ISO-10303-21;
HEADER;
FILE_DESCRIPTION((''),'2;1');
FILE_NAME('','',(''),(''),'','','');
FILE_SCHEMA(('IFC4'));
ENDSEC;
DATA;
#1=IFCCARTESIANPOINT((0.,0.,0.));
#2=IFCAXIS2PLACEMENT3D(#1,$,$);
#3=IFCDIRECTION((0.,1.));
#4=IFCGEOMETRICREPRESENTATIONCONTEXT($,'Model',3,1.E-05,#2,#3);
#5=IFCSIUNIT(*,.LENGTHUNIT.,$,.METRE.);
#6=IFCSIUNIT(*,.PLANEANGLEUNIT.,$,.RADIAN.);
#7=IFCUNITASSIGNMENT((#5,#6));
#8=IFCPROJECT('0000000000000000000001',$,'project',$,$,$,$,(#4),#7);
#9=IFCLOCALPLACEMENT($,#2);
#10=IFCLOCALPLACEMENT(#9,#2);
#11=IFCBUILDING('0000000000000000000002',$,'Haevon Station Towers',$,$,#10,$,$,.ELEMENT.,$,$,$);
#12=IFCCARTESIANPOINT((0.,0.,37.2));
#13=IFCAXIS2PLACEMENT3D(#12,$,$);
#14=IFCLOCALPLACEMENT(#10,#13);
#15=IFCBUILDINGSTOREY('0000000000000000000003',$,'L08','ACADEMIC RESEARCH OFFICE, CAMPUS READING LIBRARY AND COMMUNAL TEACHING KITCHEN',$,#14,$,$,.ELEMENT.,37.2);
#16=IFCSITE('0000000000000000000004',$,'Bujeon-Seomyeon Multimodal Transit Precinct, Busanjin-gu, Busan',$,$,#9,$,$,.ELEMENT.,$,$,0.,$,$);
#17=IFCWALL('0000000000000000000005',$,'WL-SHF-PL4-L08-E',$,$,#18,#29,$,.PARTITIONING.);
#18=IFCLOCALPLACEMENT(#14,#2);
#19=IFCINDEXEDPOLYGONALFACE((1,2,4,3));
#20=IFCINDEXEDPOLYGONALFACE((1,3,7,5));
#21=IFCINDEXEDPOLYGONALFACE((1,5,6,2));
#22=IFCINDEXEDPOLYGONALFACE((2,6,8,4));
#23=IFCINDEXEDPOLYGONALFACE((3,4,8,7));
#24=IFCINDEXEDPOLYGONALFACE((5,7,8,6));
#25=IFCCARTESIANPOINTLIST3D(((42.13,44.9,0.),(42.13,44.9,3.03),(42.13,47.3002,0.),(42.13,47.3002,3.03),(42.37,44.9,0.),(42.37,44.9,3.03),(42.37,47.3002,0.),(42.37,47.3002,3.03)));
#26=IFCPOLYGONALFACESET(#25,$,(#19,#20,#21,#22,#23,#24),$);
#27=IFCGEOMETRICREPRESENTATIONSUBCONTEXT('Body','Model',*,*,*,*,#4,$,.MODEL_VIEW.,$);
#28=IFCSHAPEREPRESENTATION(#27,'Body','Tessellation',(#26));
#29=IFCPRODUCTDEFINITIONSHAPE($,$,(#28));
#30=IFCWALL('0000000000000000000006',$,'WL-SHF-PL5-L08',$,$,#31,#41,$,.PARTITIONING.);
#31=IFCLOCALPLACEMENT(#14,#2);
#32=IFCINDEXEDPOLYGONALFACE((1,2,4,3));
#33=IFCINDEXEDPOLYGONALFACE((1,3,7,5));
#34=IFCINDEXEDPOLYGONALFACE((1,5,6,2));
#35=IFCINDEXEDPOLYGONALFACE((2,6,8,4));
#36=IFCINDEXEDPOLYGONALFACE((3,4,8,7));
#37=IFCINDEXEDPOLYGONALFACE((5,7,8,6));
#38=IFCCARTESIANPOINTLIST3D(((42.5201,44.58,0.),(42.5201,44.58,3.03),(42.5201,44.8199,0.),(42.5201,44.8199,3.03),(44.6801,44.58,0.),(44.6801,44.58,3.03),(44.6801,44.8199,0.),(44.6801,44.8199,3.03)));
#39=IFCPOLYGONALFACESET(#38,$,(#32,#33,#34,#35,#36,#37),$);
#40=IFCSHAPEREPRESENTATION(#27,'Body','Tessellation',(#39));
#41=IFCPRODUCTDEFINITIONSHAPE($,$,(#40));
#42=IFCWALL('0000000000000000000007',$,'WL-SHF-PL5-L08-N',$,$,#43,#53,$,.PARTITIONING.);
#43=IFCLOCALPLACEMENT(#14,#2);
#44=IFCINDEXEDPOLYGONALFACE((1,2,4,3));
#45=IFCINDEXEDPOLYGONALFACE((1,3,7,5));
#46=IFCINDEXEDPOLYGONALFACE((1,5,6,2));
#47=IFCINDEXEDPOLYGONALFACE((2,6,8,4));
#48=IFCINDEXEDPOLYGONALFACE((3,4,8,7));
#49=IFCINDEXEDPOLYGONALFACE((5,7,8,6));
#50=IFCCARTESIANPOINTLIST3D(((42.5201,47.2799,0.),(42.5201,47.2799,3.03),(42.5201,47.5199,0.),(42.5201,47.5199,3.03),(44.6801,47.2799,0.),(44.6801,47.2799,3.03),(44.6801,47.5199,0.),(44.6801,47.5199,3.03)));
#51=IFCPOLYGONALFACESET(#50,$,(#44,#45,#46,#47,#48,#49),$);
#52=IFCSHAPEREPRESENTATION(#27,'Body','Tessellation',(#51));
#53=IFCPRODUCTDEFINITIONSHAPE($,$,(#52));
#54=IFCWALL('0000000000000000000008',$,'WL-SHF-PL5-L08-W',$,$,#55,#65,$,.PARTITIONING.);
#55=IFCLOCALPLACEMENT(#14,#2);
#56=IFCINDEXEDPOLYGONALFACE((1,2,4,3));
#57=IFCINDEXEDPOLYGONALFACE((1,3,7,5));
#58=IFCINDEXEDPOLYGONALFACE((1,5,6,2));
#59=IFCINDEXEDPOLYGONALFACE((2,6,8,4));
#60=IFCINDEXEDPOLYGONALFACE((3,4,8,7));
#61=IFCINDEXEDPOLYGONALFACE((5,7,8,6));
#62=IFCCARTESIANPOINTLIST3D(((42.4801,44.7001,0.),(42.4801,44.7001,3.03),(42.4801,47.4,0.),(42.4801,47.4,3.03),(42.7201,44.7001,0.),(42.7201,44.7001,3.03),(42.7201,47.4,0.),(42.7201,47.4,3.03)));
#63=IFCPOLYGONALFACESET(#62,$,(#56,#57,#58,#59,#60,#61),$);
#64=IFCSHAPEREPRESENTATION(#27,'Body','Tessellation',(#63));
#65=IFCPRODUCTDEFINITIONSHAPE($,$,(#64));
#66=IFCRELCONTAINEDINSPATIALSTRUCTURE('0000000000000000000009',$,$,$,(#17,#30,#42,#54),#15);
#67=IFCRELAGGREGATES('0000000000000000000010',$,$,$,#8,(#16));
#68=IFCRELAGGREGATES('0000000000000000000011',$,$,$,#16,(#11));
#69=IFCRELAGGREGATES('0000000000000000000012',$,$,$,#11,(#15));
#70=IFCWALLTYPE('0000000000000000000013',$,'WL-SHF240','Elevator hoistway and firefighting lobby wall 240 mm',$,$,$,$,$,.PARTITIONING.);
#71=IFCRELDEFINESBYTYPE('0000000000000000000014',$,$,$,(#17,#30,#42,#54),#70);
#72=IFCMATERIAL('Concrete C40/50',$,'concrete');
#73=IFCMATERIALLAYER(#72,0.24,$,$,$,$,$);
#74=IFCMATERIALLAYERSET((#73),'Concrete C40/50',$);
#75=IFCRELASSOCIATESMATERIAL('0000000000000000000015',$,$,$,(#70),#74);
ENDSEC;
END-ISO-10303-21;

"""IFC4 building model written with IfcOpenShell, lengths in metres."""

from ifc_helpers import new_model, si_unit, direction, frame, frame_2d, origin, place, context, subcontext, project, spatial, rectangle, extrude, material, layer, layer_set, type_object, element, save


model = new_model("IFC4")

# Units and contexts
model_context = context("Model", 3, precision=1e-05, world=origin(), true_north=direction((0.0, 1.0)))
body_context = subcontext(model_context, "Body", "Model", "MODEL_VIEW")
ifc_project = project(units=[si_unit("LENGTHUNIT", "METRE"), si_unit("PLANEANGLEUNIT", "RADIAN")], contexts=[model_context])

# Site, building, storey
site_placement = place(None, origin())
site = spatial("IfcSite", under=ifc_project, at=site_placement, Name="Bujeon-Seomyeon Multimodal Transit Precinct, Busanjin-gu, Busan", CompositionType="ELEMENT", RefElevation=0.0)
building_placement = place(site_placement, origin())
building = spatial("IfcBuilding", under=site, at=building_placement, Name="Haevon Station Towers", CompositionType="ELEMENT")
storey_placement = place(building_placement, frame((0.0, 0.0, 37.2)))
storey = spatial("IfcBuildingStorey", under=building, at=storey_placement, Name="L08", Description="ACADEMIC RESEARCH OFFICE, CAMPUS READING LIBRARY AND COMMUNAL TEACHING KITCHEN", CompositionType="ELEMENT", Elevation=37.2)

# Shared definitions
ifc_material_1 = material(Name="Concrete C40/50", Category="concrete")
ifc_layer_1 = layer(ifc_material_1, 0.24)
ifc_layer_set_1 = layer_set([ifc_layer_1], Name="Concrete C40/50")
wall_type_1 = type_object("IfcWallType", Name="WL-SHF240", Description="Elevator hoistway and firefighting lobby wall 240 mm", PredefinedType="PARTITIONING", material=ifc_layer_set_1)

# Walls
wall_1_placement = place(storey_placement, frame((42.25, 44.8999, 0.0), z_axis=(0.0, 0.0, 1.0), x_axis=(0.0, 1.0, 0.0)))
element("IfcWall", 1, at=wall_1_placement, inside=storey, type_object=wall_type_1, Name="WL-SHF-PL4-L08-E", PredefinedType="PARTITIONING", context=body_context, shape_type="SweptSolid", body=[
    extrude(rectangle(XDim=2.4001, YDim=0.24, at=frame_2d((1.2002, 0.0))), origin(), (0.0, 0.0, 1.0), 3.03),
])
for number, where, z_axis, x_axis, name in (
    (2, (42.52, 44.7, 0.0), (0.0, 0.0, 1.0), (1.0, 0.0, 0.0), "WL-SHF-PL5-L08"),
    (3, (42.52, 47.3999, 0.0), (0.0, 0.0, 1.0), (1.0, 0.0, 0.0), "WL-SHF-PL5-L08-N"),
):
    element("IfcWall", number, at=place(storey_placement, frame(where, z_axis=z_axis, x_axis=x_axis)), inside=storey, type_object=wall_type_1, Name=name, PredefinedType="PARTITIONING", context=body_context, shape_type="SweptSolid", body=[
        extrude(rectangle(XDim=2.1599, YDim=0.24, at=frame_2d((1.0801, 0.0))), origin(), (0.0, 0.0, 1.0), 3.03),
    ])
wall_2_placement = place(storey_placement, frame((42.6001, 44.7, 0.0), z_axis=(0.0, 0.0, 1.0), x_axis=(0.0, 1.0, 0.0)))
element("IfcWall", 4, at=wall_2_placement, inside=storey, type_object=wall_type_1, Name="WL-SHF-PL5-L08-W", PredefinedType="PARTITIONING", context=body_context, shape_type="SweptSolid", body=[
    extrude(rectangle(XDim=2.7, YDim=0.24, at=frame_2d((1.3501, 0.0))), origin(), (0.0, 0.0, 1.0), 3.03),
])

save(model, "model.ifc")
